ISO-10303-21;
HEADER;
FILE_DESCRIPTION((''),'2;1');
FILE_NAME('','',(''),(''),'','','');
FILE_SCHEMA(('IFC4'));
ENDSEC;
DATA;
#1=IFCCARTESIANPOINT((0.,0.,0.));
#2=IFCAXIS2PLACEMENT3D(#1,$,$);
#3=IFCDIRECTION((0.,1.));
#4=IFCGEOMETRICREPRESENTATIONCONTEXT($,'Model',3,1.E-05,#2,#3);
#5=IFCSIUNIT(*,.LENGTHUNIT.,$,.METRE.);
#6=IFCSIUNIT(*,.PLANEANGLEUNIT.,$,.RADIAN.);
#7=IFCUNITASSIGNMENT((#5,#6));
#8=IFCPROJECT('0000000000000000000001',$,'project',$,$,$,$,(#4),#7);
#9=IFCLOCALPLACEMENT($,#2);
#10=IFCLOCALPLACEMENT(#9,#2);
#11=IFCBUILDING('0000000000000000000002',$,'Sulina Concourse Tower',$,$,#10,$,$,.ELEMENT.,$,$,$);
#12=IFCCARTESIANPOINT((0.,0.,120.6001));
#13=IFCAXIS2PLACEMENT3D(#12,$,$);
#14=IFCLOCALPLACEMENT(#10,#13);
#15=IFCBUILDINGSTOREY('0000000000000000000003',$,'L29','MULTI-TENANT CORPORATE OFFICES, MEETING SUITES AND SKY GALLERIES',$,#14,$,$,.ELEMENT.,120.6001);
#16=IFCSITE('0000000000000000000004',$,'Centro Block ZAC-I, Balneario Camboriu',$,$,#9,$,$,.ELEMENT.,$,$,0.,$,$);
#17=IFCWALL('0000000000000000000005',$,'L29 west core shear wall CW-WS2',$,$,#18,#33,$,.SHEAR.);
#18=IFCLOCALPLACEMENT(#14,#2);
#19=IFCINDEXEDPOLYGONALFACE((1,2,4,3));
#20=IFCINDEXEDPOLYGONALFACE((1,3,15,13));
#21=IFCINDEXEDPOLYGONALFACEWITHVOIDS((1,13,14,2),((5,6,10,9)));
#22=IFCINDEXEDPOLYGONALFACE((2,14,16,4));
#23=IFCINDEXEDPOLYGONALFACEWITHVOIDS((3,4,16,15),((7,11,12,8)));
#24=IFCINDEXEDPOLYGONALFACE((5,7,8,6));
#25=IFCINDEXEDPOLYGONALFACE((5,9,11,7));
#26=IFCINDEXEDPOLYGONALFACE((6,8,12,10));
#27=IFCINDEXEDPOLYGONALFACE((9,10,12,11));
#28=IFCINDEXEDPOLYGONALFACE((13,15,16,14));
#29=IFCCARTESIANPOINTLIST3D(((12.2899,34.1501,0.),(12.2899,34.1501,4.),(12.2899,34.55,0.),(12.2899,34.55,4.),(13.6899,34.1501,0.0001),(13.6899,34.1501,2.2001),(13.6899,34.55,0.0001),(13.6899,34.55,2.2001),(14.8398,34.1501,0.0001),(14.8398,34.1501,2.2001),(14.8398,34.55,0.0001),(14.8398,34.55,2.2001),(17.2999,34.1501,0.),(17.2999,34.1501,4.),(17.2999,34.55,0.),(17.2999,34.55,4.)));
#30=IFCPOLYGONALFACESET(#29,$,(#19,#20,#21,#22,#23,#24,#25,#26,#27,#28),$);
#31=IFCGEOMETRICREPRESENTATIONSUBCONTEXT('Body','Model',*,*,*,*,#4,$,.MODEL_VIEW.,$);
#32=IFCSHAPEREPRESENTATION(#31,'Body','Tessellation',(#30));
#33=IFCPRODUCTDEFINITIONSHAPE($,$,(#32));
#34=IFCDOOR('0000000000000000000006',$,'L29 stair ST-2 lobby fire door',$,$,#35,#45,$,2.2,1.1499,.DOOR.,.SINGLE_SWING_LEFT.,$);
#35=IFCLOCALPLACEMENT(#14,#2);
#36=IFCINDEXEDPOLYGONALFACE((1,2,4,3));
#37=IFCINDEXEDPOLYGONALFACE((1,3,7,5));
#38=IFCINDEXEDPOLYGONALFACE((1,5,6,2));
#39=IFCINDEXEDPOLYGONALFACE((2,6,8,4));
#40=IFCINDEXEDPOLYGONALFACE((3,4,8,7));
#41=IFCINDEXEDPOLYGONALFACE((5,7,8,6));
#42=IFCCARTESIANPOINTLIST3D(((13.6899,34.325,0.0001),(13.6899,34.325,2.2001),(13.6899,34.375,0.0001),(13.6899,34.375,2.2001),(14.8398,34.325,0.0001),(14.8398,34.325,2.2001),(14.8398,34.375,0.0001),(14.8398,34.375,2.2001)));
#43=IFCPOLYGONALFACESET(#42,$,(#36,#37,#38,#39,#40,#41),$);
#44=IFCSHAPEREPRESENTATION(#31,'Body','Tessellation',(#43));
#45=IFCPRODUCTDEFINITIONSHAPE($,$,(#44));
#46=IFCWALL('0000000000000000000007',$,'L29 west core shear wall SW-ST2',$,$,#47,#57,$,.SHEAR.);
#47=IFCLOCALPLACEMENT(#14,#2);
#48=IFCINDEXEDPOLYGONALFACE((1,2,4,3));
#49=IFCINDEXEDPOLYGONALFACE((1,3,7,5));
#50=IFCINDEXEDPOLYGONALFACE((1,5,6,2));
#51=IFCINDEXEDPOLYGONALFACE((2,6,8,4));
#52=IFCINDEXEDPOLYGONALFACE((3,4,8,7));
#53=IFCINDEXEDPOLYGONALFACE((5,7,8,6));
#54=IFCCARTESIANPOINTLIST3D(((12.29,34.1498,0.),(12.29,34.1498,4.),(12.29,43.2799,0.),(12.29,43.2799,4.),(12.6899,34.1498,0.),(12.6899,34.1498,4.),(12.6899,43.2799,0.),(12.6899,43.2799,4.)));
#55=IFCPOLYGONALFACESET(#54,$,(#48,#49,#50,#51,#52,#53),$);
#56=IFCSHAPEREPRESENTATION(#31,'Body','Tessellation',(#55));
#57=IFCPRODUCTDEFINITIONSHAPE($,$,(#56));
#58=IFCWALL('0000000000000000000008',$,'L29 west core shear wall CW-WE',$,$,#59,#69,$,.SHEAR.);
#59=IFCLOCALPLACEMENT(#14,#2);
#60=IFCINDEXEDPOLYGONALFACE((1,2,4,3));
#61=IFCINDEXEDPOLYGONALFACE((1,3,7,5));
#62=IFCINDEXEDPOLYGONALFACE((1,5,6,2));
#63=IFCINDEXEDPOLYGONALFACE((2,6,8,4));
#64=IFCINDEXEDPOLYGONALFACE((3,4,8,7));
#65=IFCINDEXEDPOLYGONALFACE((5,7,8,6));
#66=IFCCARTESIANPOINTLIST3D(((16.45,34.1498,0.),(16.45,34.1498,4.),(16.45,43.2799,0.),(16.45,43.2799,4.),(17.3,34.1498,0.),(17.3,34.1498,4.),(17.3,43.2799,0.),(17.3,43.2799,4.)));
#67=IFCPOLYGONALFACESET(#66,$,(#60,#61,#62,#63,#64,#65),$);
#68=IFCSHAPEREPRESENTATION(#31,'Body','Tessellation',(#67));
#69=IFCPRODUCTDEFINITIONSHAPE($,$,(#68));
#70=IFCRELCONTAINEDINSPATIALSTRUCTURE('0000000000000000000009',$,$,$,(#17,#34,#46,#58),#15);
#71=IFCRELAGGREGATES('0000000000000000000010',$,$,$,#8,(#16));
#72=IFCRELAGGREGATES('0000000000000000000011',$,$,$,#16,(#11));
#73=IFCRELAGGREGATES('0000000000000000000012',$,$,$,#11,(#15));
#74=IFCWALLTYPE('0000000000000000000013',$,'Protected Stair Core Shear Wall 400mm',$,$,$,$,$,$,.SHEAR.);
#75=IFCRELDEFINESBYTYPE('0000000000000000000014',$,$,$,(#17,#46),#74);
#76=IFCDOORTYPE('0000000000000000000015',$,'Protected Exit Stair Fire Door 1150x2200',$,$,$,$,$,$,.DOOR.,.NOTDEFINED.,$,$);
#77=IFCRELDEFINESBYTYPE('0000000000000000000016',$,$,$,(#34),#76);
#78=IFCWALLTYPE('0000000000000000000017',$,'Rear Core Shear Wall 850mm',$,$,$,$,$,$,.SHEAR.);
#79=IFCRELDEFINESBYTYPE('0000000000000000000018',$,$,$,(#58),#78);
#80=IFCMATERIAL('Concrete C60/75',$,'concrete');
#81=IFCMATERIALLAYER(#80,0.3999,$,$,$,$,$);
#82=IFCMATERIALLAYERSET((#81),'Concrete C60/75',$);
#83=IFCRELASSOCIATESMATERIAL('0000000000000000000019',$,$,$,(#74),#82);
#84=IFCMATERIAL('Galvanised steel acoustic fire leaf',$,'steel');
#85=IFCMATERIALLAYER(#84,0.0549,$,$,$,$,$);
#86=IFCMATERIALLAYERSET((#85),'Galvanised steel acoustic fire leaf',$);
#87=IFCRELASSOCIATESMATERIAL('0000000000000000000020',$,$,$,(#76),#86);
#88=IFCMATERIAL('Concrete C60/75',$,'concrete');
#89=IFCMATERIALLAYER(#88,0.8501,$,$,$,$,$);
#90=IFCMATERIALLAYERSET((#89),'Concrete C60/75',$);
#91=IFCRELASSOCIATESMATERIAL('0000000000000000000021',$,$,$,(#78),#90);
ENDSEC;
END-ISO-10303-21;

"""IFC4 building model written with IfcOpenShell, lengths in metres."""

from ifc_helpers import new_model, si_unit, direction, frame, frame_2d, origin, place, context, subcontext, project, spatial, rectangle, extrude, material, layer, layer_set, type_object, element, fill, save


model = new_model("IFC4")

# Units and contexts
model_context = context("Model", 3, precision=1e-05, world=origin(), true_north=direction((0.0, 1.0)))
body_context = subcontext(model_context, "Body", "Model", "MODEL_VIEW")
ifc_project = project(units=[si_unit("LENGTHUNIT", "METRE"), si_unit("PLANEANGLEUNIT", "RADIAN")], contexts=[model_context])

# Site, building, storey
site_placement = place(None, origin())
site = spatial("IfcSite", under=ifc_project, at=site_placement, Name="Centro Block ZAC-I, Balneario Camboriu", CompositionType="ELEMENT", RefElevation=0.0)
building_placement = place(site_placement, origin())
building = spatial("IfcBuilding", under=site, at=building_placement, Name="Sulina Concourse Tower", CompositionType="ELEMENT")
storey_placement = place(building_placement, frame((0.0, 0.0, 120.6001)))
storey = spatial("IfcBuildingStorey", under=building, at=storey_placement, Name="L29", Description="MULTI-TENANT CORPORATE OFFICES, MEETING SUITES AND SKY GALLERIES", CompositionType="ELEMENT", Elevation=120.6001)

# Wall, opening, door
ifc_material_1 = material(Name="Concrete C60/75", Category="concrete")
ifc_layer_1 = layer(ifc_material_1, 0.3999)
ifc_layer_set_1 = layer_set([ifc_layer_1], Name="Concrete C60/75")
wall_type_1 = type_object("IfcWallType", Name="Protected Stair Core Shear Wall 400mm", PredefinedType="SHEAR", material=ifc_layer_set_1)
wall_1_placement = place(storey_placement, frame((12.29, 34.3501, 0.0), z_axis=(0.0, 0.0, 1.0), x_axis=(1.0, 0.0, 0.0)))
wall_1 = element("IfcWall", 1, at=wall_1_placement, inside=storey, type_object=wall_type_1, Name="L29 west core shear wall CW-WS2", PredefinedType="SHEAR", context=body_context, shape_type="SweptSolid", body=[
    extrude(rectangle(XDim=5.01, YDim=0.3999, at=frame_2d((2.5049, 0.0))), origin(), (0.0, 0.0, 1.0), 4.0),
])
opening_1_placement = place(wall_1_placement, frame((1.3999, 0.0, 0.0)))
opening_1 = element("IfcOpeningElement", 2, at=opening_1_placement, cuts=wall_1, PredefinedType="OPENING", context=body_context, shape_type="SweptSolid", body=[
    extrude(rectangle(XDim=1.1499, YDim=2.2, at=frame_2d((0.575, 1.1001))), frame((0.0, 0.21, 0.0), z_axis=(0.0, -1.0, 0.0), x_axis=(1.0, 0.0, 0.0)), (0.0, 0.0, 1.0), 0.4199),
])
ifc_material_2 = material(Name="Galvanised steel acoustic fire leaf", Category="steel")
ifc_layer_2 = layer(ifc_material_2, 0.0549)
ifc_layer_set_2 = layer_set([ifc_layer_2], Name="Galvanised steel acoustic fire leaf")
door_type_1 = type_object("IfcDoorType", Name="Protected Exit Stair Fire Door 1150x2200", OperationType="NOTDEFINED", PredefinedType="DOOR", material=ifc_layer_set_2)
door_1_placement = place(opening_1_placement, origin())
door_1 = element("IfcDoor", 3, at=door_1_placement, inside=storey, type_object=door_type_1, Name="L29 stair ST-2 lobby fire door", OperationType="SINGLE_SWING_LEFT", OverallHeight=2.2, OverallWidth=1.1499, PredefinedType="DOOR", context=body_context, shape_type="SweptSolid", body=[
    extrude(rectangle(XDim=1.1499, YDim=2.2, at=frame_2d((0.575, 1.1001))), frame((0.0, 0.0249, 0.0), z_axis=(0.0, -1.0, 0.0), x_axis=(1.0, 0.0, 0.0)), (0.0, 0.0, 1.0), 0.05),
])
fill(opening_1, door_1)

# Walls
wall_2_placement = place(storey_placement, frame((12.49, 34.1499, 0.0), z_axis=(0.0, 0.0, 1.0), x_axis=(0.0, 1.0, 0.0)))
element("IfcWall", 4, at=wall_2_placement, inside=storey, type_object=wall_type_1, Name="L29 west core shear wall SW-ST2", PredefinedType="SHEAR", context=body_context, shape_type="SweptSolid", body=[
    extrude(rectangle(XDim=9.1301, YDim=0.3999, at=frame_2d((4.5649, 0.0))), origin(), (0.0, 0.0, 1.0), 4.0),
])
ifc_material_3 = material(Name="Concrete C60/75", Category="concrete")
ifc_layer_3 = layer(ifc_material_3, 0.8501)
ifc_layer_set_3 = layer_set([ifc_layer_3], Name="Concrete C60/75")
wall_type_2 = type_object("IfcWallType", Name="Rear Core Shear Wall 850mm", PredefinedType="SHEAR", material=ifc_layer_set_3)
wall_3_placement = place(storey_placement, frame((16.875, 34.1499, 0.0), z_axis=(0.0, 0.0, 1.0), x_axis=(0.0, 1.0, 0.0)))
element("IfcWall", 5, at=wall_3_placement, inside=storey, type_object=wall_type_2, Name="L29 west core shear wall CW-WE", PredefinedType="SHEAR", context=body_context, shape_type="SweptSolid", body=[
    extrude(rectangle(XDim=9.1301, YDim=0.8501, at=frame_2d((4.5649, 0.0))), origin(), (0.0, 0.0, 1.0), 4.0),
])

save(model, "model.ifc")
